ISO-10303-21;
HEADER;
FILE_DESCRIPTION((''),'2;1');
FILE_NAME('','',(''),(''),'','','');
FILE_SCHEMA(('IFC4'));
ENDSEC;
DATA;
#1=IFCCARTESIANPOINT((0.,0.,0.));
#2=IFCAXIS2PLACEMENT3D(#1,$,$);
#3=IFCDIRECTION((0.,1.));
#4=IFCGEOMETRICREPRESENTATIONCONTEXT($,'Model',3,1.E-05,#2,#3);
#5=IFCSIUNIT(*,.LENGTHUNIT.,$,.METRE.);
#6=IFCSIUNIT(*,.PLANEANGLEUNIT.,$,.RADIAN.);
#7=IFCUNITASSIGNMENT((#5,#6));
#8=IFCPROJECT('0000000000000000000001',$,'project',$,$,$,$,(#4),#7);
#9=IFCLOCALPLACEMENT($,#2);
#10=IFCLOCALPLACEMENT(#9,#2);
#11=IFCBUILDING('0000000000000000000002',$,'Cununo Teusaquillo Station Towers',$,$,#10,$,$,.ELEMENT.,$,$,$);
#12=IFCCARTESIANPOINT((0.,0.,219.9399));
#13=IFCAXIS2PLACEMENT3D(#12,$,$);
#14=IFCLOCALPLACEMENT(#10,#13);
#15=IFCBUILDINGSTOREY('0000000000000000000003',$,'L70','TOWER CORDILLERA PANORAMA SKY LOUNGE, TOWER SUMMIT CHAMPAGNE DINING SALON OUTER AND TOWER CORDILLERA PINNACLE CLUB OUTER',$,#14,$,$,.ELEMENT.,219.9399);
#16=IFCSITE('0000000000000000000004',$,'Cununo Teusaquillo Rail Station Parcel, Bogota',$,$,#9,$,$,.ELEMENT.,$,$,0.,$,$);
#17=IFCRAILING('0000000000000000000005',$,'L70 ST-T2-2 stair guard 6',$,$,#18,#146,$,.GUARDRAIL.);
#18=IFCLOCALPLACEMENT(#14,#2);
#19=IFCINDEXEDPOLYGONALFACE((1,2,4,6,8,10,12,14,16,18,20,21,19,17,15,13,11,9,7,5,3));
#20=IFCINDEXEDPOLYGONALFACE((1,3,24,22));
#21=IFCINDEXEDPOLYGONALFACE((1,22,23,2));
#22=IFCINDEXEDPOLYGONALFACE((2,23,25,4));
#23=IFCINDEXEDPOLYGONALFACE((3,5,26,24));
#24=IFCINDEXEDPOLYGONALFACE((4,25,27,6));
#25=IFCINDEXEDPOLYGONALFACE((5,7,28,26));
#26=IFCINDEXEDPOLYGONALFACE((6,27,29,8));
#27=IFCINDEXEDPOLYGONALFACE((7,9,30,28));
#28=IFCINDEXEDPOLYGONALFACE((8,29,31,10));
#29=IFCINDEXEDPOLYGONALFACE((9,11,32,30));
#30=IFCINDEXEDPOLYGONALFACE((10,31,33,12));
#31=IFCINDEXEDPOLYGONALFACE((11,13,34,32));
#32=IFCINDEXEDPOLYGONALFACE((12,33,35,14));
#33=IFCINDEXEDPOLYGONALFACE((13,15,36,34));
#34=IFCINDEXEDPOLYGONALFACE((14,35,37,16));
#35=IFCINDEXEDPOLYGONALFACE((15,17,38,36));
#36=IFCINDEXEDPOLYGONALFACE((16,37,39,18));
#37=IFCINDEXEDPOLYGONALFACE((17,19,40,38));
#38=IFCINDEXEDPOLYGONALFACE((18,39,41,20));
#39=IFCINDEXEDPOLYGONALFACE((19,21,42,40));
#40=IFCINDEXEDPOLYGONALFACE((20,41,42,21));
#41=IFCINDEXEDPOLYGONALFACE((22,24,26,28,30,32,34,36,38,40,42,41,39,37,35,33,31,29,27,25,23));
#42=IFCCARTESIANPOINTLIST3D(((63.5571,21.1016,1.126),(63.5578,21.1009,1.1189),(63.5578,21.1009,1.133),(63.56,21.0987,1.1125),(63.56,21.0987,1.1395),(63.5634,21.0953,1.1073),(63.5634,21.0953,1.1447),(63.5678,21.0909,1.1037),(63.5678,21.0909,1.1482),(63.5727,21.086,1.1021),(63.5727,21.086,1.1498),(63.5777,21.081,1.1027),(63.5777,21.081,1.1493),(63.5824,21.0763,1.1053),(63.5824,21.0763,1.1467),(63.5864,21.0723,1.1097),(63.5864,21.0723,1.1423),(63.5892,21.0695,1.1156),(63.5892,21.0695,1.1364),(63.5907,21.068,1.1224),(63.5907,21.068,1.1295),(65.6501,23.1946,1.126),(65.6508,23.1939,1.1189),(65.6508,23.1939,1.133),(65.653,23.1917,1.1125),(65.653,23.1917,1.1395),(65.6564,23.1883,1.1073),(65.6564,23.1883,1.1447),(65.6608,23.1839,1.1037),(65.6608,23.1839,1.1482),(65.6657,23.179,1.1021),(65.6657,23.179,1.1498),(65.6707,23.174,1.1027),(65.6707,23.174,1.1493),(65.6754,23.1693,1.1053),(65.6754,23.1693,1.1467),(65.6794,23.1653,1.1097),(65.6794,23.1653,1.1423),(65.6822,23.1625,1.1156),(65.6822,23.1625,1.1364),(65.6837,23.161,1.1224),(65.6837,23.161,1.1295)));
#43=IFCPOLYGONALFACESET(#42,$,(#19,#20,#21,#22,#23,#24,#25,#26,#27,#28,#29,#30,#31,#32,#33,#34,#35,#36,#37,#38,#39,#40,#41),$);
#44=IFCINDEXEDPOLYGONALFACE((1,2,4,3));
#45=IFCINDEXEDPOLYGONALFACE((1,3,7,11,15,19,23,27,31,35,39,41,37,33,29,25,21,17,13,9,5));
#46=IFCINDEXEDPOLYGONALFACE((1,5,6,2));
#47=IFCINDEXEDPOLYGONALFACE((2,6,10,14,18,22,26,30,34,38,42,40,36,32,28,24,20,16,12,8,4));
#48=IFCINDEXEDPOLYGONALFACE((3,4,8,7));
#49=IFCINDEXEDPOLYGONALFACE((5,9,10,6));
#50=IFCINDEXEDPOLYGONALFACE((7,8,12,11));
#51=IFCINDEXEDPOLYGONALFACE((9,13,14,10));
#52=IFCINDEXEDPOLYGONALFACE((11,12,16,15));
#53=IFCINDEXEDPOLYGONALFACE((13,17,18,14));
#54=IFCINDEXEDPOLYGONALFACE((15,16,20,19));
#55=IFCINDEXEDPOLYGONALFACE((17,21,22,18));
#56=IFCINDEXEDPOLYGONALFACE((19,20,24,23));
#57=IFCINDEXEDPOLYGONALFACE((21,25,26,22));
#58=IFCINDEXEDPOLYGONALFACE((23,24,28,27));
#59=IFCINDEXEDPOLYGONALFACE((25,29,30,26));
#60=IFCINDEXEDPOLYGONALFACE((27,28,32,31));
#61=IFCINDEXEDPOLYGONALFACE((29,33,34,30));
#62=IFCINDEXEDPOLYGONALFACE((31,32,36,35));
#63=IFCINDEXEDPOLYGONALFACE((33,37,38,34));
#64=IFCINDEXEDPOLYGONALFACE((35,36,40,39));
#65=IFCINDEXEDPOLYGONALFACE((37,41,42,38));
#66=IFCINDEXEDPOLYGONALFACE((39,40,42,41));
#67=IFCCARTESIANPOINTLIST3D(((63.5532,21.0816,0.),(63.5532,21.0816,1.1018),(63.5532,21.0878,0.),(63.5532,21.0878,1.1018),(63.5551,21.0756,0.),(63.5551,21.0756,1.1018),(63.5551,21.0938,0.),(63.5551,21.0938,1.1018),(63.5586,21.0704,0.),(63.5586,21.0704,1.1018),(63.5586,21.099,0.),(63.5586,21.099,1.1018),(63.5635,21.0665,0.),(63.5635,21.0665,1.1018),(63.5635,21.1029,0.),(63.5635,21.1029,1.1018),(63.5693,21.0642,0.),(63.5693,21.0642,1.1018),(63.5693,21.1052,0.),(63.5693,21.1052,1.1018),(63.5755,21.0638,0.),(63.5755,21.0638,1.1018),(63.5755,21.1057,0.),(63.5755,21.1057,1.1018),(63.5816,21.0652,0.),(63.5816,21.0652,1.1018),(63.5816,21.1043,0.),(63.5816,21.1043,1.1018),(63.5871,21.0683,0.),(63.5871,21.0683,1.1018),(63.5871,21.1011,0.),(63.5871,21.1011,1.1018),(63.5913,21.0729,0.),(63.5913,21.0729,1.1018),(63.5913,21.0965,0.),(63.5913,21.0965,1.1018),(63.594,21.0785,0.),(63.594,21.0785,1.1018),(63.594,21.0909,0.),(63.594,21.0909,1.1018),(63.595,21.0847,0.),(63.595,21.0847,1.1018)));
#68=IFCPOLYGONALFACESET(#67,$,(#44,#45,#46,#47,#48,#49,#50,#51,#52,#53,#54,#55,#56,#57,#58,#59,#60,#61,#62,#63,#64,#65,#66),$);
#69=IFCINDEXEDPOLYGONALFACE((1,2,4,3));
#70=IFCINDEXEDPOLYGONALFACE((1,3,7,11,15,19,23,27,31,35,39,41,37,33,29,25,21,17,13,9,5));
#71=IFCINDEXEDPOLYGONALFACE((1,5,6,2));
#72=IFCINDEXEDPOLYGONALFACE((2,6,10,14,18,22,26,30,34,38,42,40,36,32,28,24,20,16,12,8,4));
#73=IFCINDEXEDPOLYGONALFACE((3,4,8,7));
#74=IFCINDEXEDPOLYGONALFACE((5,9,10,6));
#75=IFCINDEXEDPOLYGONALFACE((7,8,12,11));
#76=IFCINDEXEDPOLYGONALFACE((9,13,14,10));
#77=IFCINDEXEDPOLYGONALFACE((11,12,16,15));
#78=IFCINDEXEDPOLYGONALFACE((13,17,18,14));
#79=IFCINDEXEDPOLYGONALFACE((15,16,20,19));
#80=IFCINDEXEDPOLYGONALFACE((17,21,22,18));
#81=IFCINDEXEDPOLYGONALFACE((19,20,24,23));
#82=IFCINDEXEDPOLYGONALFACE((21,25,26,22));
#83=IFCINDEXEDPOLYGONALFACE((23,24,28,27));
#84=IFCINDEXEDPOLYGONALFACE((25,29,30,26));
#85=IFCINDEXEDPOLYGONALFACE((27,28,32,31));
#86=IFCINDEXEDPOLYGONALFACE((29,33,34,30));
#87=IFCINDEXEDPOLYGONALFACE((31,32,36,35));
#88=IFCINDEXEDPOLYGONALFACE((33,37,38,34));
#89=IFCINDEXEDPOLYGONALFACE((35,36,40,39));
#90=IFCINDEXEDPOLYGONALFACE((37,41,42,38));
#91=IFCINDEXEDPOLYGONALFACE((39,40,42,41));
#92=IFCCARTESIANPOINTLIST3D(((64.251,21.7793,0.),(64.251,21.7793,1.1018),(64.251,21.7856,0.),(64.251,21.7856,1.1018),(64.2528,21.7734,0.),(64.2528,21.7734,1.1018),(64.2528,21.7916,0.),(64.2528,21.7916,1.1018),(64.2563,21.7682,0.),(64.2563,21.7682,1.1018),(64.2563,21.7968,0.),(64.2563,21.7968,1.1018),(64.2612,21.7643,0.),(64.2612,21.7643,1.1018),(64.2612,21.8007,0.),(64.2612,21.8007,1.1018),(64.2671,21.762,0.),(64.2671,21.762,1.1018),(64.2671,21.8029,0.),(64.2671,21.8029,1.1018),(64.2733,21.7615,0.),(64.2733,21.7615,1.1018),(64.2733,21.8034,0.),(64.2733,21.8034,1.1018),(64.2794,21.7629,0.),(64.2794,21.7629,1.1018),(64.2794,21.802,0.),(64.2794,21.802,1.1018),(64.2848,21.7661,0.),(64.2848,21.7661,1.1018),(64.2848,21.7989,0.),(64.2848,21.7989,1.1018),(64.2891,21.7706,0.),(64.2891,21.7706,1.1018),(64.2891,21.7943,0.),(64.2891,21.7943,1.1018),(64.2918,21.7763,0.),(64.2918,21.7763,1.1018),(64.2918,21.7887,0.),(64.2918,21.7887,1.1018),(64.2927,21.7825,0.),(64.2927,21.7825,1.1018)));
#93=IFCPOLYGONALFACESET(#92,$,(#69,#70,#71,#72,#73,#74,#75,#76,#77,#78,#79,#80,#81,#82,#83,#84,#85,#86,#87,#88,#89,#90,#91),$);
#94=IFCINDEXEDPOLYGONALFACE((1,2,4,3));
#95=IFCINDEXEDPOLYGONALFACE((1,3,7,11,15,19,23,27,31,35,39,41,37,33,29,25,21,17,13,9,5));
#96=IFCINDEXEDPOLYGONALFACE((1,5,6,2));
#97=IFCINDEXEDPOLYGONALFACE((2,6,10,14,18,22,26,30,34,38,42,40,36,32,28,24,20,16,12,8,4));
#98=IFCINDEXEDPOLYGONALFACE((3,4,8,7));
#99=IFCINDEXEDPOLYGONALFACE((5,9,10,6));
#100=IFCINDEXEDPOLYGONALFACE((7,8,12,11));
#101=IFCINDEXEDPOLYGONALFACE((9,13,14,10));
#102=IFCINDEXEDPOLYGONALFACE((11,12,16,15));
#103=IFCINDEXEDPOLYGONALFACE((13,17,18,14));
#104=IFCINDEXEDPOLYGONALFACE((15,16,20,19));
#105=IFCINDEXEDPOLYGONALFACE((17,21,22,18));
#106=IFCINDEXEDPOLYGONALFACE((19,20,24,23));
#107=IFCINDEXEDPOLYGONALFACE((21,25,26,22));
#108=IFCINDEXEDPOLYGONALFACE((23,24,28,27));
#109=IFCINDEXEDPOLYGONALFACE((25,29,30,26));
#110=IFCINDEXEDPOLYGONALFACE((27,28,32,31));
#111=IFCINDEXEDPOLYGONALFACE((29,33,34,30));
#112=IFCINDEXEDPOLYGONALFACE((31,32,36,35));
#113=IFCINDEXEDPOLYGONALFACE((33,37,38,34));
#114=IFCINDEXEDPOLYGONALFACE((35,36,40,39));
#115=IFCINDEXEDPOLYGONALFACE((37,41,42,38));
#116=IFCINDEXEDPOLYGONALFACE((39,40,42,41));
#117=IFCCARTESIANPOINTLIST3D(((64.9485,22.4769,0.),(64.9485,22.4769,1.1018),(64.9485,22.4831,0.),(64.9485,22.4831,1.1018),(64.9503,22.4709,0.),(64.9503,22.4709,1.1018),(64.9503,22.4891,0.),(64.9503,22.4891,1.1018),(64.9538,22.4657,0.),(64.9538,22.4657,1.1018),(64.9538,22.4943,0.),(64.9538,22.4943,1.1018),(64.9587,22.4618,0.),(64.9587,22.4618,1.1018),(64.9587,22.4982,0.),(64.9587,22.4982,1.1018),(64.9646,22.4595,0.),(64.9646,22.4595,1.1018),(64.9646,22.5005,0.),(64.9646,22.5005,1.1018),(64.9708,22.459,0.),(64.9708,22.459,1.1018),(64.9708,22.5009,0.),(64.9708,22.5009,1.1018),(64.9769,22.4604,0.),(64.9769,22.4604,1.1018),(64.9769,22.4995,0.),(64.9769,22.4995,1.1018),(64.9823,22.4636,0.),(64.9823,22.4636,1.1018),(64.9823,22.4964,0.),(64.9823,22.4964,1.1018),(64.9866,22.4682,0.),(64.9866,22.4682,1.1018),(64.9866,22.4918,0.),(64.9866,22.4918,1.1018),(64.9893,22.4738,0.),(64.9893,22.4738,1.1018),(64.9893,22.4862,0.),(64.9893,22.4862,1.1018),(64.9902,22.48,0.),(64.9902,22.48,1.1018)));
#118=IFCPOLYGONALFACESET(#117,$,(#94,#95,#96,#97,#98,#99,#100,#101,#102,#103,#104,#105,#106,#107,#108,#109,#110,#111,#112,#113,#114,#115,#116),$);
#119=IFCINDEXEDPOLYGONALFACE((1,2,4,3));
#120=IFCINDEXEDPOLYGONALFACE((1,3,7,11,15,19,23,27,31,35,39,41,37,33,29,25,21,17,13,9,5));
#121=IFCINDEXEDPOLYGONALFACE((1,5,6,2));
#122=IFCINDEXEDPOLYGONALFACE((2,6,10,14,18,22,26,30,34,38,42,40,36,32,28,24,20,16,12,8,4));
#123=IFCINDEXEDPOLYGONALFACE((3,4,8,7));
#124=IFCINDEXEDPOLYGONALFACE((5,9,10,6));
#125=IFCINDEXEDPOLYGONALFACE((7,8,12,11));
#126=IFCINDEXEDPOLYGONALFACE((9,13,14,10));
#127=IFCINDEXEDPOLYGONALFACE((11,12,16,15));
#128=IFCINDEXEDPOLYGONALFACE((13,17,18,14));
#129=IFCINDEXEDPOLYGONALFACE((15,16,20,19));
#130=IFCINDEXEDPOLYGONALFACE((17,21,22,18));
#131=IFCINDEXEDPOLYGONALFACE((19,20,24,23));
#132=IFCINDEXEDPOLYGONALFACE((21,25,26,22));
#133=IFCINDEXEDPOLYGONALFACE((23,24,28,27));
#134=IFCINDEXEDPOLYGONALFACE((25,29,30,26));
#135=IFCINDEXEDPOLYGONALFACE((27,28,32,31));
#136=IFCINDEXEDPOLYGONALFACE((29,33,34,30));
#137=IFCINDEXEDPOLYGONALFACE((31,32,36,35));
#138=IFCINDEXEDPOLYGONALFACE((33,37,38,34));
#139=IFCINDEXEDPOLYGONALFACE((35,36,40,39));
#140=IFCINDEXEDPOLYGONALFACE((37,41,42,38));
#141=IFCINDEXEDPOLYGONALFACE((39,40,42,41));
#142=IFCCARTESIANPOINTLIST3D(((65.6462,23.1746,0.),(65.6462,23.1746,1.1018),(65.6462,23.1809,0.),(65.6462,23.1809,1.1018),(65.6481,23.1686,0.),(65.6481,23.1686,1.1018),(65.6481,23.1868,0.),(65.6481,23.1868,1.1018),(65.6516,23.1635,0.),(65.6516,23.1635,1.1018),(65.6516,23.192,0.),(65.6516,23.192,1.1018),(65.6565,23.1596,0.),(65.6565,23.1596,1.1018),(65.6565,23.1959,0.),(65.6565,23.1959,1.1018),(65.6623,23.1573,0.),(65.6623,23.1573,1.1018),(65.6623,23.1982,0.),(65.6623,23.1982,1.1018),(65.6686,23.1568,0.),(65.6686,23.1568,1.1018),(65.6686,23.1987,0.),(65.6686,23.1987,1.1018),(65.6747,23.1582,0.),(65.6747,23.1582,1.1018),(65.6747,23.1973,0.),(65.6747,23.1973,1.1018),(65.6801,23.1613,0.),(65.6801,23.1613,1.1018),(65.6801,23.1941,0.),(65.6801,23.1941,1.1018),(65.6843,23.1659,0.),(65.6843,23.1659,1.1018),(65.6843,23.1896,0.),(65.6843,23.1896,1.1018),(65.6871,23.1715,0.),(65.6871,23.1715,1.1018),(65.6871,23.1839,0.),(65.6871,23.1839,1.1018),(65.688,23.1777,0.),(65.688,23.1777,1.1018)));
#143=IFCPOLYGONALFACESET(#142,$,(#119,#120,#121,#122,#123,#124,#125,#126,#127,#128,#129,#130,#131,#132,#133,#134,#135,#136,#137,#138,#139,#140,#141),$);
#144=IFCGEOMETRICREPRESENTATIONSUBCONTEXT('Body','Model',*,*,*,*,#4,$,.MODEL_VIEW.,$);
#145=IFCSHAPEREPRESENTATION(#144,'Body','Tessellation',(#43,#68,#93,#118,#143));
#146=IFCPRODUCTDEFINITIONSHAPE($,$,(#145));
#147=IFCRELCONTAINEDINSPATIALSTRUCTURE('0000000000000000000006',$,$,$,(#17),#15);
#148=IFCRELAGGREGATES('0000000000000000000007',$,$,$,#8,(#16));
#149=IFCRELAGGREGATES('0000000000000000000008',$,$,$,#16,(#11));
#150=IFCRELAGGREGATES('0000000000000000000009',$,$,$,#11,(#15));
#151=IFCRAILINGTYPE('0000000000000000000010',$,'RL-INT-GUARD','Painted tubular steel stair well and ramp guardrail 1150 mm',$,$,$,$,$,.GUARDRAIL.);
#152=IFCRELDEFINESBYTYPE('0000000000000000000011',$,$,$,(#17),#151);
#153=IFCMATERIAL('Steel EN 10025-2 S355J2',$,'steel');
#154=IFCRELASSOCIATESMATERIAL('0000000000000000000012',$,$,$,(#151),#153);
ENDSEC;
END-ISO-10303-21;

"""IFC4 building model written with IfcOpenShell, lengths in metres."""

from ifc_helpers import new_model, si_unit, direction, frame, origin, origin_2d, place, context, subcontext, project, spatial, circle, extrude, material, type_object, element, save


model = new_model("IFC4")

# Units and contexts
model_context = context("Model", 3, precision=1e-05, world=origin(), true_north=direction((0.0, 1.0)))
body_context = subcontext(model_context, "Body", "Model", "MODEL_VIEW")
ifc_project = project(units=[si_unit("LENGTHUNIT", "METRE"), si_unit("PLANEANGLEUNIT", "RADIAN")], contexts=[model_context])

# Site, building, storey
site_placement = place(None, origin())
site = spatial("IfcSite", under=ifc_project, at=site_placement, Name="Cununo Teusaquillo Rail Station Parcel, Bogota", CompositionType="ELEMENT", RefElevation=0.0)
building_placement = place(site_placement, origin())
building = spatial("IfcBuilding", under=site, at=building_placement, Name="Cununo Teusaquillo Station Towers", CompositionType="ELEMENT")
storey_placement = place(building_placement, frame((0.0, 0.0, 219.9399)))
storey = spatial("IfcBuildingStorey", under=building, at=storey_placement, Name="L70", Description="TOWER CORDILLERA PANORAMA SKY LOUNGE, TOWER SUMMIT CHAMPAGNE DINING SALON OUTER AND TOWER CORDILLERA PINNACLE CLUB OUTER", CompositionType="ELEMENT", Elevation=219.9399)

# Railing
ifc_material_1 = material(Name="Steel EN 10025-2 S355J2", Category="steel")
railing_type = type_object("IfcRailingType", Name="RL-INT-GUARD", Description="Painted tubular steel stair well and ramp guardrail 1150 mm", PredefinedType="GUARDRAIL", material=ifc_material_1)
railing_1_placement = place(storey_placement, frame((63.574, 21.0847, 0.0)))
element("IfcRailing", 1, at=railing_1_placement, inside=storey, type_object=railing_type, Name="L70 ST-T2-2 stair guard 6", PredefinedType="GUARDRAIL", context=body_context, shape_type="SweptSolid", body=[
    extrude(circle(Radius=0.0239, at=origin_2d()), frame((0.0, 0.0, 1.126), z_axis=(0.707107, 0.707107, 0.0), x_axis=(-0.707107, 0.707107, 0.0)), (0.0, 0.0, 1.0), 2.96),
    extrude(circle(Radius=0.021, at=origin_2d()), origin(), (0.0, 0.0, 1.0), 1.1018),
    extrude(circle(Radius=0.021, at=origin_2d()), frame((0.6978, 0.6978, 0.0)), (0.0, 0.0, 1.0), 1.1018),
    extrude(circle(Radius=0.021, at=origin_2d()), frame((1.3953, 1.3953, 0.0)), (0.0, 0.0, 1.0), 1.1018),
    extrude(circle(Radius=0.021, at=origin_2d()), frame((2.093, 2.093, 0.0)), (0.0, 0.0, 1.0), 1.1018),
])

save(model, "model.ifc")
